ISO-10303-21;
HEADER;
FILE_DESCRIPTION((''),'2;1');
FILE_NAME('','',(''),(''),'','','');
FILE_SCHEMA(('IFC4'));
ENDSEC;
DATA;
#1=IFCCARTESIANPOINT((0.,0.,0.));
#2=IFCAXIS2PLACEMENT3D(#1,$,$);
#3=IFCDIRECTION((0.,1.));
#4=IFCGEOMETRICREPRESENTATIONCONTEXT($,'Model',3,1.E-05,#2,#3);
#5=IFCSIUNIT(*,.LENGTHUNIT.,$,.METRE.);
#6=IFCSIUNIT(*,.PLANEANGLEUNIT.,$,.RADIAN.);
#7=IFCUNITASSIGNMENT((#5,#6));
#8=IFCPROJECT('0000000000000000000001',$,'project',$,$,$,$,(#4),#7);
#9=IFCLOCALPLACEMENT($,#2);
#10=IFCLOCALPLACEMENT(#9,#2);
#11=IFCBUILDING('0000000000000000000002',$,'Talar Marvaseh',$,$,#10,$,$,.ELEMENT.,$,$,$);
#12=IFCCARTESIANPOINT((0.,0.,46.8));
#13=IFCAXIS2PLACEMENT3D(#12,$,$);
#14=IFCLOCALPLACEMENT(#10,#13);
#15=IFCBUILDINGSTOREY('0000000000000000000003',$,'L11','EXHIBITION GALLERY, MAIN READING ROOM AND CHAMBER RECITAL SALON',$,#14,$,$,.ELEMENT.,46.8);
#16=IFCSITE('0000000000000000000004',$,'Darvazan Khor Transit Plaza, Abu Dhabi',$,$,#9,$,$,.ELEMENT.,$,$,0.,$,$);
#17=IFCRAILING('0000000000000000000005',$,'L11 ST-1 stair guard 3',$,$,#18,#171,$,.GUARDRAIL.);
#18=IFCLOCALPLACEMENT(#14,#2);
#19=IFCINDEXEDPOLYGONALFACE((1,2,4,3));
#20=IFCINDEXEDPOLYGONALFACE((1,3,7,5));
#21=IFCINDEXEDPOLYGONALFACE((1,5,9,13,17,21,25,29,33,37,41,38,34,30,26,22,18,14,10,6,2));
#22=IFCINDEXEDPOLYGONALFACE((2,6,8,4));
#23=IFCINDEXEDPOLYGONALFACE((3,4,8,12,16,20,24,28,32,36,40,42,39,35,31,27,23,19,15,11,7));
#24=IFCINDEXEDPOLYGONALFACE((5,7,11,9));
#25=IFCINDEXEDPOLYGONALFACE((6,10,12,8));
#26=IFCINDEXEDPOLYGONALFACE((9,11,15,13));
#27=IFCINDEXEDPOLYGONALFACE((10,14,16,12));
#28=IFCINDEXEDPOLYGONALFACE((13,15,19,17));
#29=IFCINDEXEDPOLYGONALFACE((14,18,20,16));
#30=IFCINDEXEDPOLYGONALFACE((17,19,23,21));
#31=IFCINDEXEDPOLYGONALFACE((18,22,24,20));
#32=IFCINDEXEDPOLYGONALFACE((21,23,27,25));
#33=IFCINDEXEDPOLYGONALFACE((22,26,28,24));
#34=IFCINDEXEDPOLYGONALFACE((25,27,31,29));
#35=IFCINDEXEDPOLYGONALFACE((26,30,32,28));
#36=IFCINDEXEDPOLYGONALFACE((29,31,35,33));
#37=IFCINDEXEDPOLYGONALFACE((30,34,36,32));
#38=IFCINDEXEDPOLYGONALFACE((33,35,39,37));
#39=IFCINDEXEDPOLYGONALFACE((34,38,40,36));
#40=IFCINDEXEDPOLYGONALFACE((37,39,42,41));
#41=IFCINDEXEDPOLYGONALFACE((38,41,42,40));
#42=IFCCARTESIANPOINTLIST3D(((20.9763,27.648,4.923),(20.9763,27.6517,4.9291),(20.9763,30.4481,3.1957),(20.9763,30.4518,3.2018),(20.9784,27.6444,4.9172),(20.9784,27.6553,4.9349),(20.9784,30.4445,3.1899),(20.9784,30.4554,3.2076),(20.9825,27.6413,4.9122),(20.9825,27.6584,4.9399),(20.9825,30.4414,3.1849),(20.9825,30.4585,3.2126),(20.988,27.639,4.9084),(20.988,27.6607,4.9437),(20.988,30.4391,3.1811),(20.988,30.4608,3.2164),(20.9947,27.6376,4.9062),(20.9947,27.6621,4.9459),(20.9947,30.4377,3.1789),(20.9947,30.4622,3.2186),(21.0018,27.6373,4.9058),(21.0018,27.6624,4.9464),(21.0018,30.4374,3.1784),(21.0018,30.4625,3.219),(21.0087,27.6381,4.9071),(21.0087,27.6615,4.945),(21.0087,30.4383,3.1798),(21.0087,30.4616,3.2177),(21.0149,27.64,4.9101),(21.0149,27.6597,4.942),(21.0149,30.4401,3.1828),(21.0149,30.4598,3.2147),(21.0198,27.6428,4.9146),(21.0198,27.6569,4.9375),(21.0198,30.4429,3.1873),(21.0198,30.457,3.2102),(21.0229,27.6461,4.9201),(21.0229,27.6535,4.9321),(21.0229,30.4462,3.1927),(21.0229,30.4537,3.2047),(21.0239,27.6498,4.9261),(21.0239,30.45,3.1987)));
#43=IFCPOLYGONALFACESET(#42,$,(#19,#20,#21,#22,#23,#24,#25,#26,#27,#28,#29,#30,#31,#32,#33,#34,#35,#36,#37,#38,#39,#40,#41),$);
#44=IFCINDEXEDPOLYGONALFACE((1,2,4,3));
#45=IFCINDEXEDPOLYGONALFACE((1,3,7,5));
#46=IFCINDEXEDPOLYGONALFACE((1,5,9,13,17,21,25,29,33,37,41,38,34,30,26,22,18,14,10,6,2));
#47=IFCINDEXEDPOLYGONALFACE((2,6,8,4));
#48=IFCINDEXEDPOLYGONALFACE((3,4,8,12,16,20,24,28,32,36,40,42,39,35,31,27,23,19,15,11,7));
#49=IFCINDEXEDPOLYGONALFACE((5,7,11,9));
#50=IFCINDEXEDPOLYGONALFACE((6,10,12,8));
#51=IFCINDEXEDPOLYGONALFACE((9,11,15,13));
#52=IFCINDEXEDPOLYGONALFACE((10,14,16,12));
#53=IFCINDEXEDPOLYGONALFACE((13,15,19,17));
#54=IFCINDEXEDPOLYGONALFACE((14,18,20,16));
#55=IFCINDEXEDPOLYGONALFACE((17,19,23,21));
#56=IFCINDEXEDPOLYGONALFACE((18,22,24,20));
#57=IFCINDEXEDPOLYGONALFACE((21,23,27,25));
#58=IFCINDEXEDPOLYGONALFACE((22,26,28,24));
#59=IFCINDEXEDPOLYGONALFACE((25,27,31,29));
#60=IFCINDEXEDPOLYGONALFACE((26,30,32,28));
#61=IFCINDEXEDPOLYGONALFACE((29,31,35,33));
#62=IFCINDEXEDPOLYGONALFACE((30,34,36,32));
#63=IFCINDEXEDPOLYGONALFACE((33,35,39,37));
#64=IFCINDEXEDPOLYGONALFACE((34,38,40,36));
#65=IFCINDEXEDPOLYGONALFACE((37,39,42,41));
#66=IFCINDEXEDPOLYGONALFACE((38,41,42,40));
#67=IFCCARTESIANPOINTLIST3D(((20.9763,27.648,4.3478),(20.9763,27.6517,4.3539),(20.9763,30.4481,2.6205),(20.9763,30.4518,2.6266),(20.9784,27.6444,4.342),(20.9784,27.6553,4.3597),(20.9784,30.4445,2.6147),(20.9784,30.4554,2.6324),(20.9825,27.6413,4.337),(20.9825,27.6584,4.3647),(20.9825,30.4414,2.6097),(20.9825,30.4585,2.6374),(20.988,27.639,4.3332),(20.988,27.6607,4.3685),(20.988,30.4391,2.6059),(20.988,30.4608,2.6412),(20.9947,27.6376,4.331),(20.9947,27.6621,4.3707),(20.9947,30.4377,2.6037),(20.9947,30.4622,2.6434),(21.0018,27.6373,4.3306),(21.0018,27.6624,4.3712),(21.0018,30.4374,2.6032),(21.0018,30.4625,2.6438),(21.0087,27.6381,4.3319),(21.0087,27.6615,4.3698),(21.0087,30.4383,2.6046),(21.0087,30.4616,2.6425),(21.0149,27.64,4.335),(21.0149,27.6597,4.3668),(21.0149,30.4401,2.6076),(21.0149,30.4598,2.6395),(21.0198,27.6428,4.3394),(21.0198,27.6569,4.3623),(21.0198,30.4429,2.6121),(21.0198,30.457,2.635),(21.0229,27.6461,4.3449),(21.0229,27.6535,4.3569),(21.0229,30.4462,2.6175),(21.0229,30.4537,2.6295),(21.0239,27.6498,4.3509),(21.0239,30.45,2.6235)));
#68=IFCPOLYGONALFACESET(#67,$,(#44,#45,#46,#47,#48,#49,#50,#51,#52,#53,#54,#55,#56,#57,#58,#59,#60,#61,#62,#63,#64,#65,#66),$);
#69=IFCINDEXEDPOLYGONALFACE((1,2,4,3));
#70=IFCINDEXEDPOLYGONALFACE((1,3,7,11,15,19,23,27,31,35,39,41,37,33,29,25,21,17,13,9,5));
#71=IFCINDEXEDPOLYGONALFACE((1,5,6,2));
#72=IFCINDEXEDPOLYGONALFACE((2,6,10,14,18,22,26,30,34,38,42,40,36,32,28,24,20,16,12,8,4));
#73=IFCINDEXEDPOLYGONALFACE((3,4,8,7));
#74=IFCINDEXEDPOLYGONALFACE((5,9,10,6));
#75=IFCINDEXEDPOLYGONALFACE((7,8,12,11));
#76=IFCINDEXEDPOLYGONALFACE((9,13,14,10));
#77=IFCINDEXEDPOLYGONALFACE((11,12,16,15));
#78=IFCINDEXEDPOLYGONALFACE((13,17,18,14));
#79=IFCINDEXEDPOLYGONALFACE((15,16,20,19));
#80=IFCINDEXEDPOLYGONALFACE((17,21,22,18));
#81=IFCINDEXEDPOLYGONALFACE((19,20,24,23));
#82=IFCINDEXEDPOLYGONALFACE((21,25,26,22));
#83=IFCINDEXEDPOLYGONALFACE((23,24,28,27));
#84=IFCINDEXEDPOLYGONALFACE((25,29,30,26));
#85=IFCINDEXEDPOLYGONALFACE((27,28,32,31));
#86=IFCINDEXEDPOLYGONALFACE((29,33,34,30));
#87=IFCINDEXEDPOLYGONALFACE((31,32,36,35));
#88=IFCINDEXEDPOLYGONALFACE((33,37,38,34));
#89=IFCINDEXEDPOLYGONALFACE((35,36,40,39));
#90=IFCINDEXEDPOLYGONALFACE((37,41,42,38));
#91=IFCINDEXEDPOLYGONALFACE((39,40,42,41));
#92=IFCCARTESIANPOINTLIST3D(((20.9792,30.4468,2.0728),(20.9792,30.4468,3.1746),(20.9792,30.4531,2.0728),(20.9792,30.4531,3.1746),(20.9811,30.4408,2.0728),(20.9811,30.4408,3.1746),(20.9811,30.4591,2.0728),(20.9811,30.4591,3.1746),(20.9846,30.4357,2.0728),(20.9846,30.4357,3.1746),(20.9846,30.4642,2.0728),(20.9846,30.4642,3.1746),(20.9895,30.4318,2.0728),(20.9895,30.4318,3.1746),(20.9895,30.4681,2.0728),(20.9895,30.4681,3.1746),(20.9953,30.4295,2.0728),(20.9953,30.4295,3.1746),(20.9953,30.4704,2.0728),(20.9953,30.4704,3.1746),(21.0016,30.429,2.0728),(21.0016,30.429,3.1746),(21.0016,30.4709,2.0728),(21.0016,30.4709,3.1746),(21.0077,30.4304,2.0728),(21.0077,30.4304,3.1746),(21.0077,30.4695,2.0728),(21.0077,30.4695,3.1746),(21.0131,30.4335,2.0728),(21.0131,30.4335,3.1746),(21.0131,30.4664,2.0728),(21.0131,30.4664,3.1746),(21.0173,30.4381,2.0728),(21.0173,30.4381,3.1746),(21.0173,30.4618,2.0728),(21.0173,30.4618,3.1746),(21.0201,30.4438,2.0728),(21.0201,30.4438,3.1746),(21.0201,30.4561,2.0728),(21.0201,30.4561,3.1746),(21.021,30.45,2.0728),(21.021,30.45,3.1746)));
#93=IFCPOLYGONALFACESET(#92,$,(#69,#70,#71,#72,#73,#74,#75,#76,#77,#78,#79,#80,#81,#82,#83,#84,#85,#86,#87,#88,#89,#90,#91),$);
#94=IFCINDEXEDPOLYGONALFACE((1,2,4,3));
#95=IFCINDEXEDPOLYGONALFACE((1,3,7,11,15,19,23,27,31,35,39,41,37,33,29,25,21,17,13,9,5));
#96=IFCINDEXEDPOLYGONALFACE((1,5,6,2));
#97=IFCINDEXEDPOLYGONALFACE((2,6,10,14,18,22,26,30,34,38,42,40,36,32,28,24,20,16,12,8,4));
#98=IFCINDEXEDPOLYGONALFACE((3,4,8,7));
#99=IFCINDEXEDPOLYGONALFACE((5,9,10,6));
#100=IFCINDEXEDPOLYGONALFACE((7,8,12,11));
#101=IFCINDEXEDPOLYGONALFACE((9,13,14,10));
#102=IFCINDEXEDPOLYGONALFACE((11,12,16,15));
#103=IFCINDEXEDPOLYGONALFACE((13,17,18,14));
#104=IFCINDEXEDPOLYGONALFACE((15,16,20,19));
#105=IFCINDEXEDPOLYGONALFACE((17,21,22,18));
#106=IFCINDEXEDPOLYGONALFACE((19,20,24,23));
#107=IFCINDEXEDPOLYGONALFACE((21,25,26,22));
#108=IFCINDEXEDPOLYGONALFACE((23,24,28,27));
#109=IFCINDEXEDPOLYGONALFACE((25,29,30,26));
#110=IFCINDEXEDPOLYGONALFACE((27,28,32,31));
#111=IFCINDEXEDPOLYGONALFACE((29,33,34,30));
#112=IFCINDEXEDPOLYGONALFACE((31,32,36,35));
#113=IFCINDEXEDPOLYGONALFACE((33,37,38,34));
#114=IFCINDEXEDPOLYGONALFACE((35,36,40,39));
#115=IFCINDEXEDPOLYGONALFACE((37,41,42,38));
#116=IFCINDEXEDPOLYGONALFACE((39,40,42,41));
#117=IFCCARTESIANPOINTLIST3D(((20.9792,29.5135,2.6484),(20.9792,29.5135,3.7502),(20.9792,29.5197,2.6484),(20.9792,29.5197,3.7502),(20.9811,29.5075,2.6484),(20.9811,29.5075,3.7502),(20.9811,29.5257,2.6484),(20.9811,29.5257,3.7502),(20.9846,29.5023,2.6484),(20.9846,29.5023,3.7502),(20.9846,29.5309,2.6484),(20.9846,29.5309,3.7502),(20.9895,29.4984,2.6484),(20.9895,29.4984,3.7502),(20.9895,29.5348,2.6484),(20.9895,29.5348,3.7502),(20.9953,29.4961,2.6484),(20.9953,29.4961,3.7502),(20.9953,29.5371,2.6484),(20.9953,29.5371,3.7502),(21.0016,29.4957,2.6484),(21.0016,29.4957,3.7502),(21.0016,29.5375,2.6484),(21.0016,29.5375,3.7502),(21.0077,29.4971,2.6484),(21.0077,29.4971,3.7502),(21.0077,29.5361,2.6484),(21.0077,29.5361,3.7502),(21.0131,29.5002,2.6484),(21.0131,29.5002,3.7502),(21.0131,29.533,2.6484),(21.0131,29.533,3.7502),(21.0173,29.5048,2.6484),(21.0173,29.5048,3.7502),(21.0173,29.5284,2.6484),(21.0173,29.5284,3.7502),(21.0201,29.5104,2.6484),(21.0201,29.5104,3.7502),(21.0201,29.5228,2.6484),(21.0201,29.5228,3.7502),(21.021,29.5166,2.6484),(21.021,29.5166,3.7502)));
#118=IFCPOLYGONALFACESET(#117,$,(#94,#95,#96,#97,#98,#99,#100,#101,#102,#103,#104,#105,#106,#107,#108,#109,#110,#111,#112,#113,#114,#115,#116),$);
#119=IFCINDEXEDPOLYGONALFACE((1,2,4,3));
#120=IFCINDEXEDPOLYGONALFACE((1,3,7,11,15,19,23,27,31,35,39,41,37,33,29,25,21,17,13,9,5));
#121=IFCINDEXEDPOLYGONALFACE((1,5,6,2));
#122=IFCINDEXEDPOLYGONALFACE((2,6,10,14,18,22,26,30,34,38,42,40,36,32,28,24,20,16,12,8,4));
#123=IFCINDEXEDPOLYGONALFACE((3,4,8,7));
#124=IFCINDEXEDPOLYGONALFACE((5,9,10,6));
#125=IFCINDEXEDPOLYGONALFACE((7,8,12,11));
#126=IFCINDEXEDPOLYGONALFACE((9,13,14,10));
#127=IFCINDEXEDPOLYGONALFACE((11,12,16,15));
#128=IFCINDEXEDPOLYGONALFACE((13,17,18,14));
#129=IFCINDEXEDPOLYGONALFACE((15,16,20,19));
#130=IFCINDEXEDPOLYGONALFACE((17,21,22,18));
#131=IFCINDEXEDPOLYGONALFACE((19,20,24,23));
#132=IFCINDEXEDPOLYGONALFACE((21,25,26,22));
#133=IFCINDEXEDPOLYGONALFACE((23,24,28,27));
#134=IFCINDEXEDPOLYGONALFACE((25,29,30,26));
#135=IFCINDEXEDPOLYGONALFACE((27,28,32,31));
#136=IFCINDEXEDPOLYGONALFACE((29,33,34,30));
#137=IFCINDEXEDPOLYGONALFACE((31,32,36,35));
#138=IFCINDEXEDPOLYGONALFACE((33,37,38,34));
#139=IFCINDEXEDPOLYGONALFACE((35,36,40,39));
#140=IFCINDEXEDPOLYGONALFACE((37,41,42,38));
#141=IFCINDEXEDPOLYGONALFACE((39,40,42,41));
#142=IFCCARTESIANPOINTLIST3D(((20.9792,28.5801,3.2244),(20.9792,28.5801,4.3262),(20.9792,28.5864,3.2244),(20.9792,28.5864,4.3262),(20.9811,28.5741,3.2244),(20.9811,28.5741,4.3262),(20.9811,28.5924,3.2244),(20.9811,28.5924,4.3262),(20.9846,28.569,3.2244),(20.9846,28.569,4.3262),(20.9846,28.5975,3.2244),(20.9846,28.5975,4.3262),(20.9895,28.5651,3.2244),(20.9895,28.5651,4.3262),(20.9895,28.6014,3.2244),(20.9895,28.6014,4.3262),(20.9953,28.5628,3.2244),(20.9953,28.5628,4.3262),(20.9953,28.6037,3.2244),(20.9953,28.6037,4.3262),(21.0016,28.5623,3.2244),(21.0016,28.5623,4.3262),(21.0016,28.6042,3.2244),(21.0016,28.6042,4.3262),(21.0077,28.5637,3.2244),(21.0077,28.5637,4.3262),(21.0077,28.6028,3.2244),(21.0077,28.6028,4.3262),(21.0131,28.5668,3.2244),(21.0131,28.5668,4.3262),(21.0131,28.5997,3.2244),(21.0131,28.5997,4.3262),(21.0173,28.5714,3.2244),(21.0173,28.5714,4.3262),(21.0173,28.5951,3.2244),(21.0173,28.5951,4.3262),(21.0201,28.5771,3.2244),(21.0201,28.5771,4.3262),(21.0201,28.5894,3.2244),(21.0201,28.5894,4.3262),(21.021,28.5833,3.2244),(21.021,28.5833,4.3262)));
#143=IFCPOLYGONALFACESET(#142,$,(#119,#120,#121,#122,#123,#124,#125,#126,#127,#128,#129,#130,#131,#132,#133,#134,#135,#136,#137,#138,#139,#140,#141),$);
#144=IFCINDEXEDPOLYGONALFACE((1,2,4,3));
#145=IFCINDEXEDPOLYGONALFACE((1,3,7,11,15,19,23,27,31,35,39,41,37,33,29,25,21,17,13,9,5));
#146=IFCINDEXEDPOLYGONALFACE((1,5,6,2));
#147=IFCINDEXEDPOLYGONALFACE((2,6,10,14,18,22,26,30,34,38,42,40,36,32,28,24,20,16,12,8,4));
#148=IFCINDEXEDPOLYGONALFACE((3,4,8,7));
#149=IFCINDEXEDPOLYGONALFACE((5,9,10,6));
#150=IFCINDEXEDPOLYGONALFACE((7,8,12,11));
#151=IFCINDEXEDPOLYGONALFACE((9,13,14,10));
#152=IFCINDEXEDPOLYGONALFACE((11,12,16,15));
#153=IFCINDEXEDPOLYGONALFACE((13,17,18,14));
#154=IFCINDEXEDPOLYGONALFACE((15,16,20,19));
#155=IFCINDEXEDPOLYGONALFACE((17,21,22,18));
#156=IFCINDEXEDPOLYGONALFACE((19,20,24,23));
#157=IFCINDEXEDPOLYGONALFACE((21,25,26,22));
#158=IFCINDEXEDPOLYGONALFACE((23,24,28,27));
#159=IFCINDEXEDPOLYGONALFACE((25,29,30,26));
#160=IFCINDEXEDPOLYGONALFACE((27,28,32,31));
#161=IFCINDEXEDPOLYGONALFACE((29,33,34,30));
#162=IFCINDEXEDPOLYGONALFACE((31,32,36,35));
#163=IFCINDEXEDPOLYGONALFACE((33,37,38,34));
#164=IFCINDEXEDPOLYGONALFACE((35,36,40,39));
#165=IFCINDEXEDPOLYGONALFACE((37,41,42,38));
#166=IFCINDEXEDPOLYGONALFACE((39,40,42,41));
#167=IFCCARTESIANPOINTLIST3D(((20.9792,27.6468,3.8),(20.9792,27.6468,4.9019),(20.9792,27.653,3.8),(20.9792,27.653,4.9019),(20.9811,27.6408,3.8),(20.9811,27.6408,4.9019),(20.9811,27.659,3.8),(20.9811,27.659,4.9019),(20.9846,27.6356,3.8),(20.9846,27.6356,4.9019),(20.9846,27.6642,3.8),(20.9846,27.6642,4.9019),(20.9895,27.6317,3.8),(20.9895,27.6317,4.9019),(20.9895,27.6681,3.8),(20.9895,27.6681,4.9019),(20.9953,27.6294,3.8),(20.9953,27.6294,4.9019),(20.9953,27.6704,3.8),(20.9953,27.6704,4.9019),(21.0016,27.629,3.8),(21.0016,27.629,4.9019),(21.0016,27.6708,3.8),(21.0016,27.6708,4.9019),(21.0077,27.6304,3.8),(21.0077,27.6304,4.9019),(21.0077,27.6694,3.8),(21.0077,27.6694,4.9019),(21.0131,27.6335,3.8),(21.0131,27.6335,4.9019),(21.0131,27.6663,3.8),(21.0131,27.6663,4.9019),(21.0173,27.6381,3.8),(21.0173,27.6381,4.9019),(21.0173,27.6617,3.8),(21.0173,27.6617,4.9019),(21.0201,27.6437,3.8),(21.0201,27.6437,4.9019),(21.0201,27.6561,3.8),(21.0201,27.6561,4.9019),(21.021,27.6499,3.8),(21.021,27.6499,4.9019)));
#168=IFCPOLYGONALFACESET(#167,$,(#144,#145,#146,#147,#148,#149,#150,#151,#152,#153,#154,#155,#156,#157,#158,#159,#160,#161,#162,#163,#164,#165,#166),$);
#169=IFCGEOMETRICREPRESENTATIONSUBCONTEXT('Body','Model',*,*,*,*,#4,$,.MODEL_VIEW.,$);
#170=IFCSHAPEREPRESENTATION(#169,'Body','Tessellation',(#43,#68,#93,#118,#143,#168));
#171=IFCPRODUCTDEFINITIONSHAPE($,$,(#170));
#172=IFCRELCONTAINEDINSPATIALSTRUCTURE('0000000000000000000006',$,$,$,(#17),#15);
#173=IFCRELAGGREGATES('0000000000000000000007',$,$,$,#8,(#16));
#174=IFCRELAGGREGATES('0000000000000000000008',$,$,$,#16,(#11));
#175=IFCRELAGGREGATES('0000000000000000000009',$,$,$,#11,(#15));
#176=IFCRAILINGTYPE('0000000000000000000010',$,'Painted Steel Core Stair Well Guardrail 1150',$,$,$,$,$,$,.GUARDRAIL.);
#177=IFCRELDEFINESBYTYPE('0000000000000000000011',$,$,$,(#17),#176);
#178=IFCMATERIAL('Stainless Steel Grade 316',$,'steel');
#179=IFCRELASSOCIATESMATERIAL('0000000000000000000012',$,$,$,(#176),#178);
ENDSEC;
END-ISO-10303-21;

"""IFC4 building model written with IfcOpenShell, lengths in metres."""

from ifc_helpers import new_model, si_unit, direction, frame, origin, origin_2d, place, context, subcontext, project, spatial, circle, extrude, material, type_object, element, save


model = new_model("IFC4")

# Units and contexts
model_context = context("Model", 3, precision=1e-05, world=origin(), true_north=direction((0.0, 1.0)))
body_context = subcontext(model_context, "Body", "Model", "MODEL_VIEW")
ifc_project = project(units=[si_unit("LENGTHUNIT", "METRE"), si_unit("PLANEANGLEUNIT", "RADIAN")], contexts=[model_context])

# Site, building, storey
site_placement = place(None, origin())
site = spatial("IfcSite", under=ifc_project, at=site_placement, Name="Darvazan Khor Transit Plaza, Abu Dhabi", CompositionType="ELEMENT", RefElevation=0.0)
building_placement = place(site_placement, origin())
building = spatial("IfcBuilding", under=site, at=building_placement, Name="Talar Marvaseh", CompositionType="ELEMENT")
storey_placement = place(building_placement, frame((0.0, 0.0, 46.8)))
storey = spatial("IfcBuildingStorey", under=building, at=storey_placement, Name="L11", Description="EXHIBITION GALLERY, MAIN READING ROOM AND CHAMBER RECITAL SALON", CompositionType="ELEMENT", Elevation=46.8)

# Railing
ifc_material_1 = material(Name="Stainless Steel Grade 316", Category="steel")
railing_type_1 = type_object("IfcRailingType", Name="Painted Steel Core Stair Well Guardrail 1150", PredefinedType="GUARDRAIL", material=ifc_material_1)
railing_1_placement = place(storey_placement, frame((21.0, 30.45, 2.0728)))
element("IfcRailing", 1, at=railing_1_placement, inside=storey, type_object=railing_type_1, Name="L11 ST-1 stair guard 3", PredefinedType="GUARDRAIL", context=body_context, shape_type="SweptSolid", body=[
    extrude(circle(Radius=0.0239, at=origin_2d()), frame((0.0, 0.0, 1.126), z_axis=(0.0, -0.85109, 0.52502), x_axis=(1.0, 0.0, 0.0)), (0.0, 0.0, 1.0), 3.29),
    extrude(circle(Radius=0.0239, at=origin_2d()), frame((0.0, 0.0, 0.5508), z_axis=(0.0, -0.85109, 0.52502), x_axis=(1.0, 0.0, 0.0)), (0.0, 0.0, 1.0), 3.29),
    extrude(circle(Radius=0.021, at=origin_2d()), origin(), (0.0, 0.0, 1.0), 1.1018),
    extrude(circle(Radius=0.021, at=origin_2d()), frame((0.0, -0.9333, 0.5757)), (0.0, 0.0, 1.0), 1.1018),
    extrude(circle(Radius=0.021, at=origin_2d()), frame((0.0, -1.8667, 1.1516)), (0.0, 0.0, 1.0), 1.1018),
    extrude(circle(Radius=0.021, at=origin_2d()), frame((0.0, -2.8, 1.7273)), (0.0, 0.0, 1.0), 1.1018),
])

save(model, "model.ifc")
